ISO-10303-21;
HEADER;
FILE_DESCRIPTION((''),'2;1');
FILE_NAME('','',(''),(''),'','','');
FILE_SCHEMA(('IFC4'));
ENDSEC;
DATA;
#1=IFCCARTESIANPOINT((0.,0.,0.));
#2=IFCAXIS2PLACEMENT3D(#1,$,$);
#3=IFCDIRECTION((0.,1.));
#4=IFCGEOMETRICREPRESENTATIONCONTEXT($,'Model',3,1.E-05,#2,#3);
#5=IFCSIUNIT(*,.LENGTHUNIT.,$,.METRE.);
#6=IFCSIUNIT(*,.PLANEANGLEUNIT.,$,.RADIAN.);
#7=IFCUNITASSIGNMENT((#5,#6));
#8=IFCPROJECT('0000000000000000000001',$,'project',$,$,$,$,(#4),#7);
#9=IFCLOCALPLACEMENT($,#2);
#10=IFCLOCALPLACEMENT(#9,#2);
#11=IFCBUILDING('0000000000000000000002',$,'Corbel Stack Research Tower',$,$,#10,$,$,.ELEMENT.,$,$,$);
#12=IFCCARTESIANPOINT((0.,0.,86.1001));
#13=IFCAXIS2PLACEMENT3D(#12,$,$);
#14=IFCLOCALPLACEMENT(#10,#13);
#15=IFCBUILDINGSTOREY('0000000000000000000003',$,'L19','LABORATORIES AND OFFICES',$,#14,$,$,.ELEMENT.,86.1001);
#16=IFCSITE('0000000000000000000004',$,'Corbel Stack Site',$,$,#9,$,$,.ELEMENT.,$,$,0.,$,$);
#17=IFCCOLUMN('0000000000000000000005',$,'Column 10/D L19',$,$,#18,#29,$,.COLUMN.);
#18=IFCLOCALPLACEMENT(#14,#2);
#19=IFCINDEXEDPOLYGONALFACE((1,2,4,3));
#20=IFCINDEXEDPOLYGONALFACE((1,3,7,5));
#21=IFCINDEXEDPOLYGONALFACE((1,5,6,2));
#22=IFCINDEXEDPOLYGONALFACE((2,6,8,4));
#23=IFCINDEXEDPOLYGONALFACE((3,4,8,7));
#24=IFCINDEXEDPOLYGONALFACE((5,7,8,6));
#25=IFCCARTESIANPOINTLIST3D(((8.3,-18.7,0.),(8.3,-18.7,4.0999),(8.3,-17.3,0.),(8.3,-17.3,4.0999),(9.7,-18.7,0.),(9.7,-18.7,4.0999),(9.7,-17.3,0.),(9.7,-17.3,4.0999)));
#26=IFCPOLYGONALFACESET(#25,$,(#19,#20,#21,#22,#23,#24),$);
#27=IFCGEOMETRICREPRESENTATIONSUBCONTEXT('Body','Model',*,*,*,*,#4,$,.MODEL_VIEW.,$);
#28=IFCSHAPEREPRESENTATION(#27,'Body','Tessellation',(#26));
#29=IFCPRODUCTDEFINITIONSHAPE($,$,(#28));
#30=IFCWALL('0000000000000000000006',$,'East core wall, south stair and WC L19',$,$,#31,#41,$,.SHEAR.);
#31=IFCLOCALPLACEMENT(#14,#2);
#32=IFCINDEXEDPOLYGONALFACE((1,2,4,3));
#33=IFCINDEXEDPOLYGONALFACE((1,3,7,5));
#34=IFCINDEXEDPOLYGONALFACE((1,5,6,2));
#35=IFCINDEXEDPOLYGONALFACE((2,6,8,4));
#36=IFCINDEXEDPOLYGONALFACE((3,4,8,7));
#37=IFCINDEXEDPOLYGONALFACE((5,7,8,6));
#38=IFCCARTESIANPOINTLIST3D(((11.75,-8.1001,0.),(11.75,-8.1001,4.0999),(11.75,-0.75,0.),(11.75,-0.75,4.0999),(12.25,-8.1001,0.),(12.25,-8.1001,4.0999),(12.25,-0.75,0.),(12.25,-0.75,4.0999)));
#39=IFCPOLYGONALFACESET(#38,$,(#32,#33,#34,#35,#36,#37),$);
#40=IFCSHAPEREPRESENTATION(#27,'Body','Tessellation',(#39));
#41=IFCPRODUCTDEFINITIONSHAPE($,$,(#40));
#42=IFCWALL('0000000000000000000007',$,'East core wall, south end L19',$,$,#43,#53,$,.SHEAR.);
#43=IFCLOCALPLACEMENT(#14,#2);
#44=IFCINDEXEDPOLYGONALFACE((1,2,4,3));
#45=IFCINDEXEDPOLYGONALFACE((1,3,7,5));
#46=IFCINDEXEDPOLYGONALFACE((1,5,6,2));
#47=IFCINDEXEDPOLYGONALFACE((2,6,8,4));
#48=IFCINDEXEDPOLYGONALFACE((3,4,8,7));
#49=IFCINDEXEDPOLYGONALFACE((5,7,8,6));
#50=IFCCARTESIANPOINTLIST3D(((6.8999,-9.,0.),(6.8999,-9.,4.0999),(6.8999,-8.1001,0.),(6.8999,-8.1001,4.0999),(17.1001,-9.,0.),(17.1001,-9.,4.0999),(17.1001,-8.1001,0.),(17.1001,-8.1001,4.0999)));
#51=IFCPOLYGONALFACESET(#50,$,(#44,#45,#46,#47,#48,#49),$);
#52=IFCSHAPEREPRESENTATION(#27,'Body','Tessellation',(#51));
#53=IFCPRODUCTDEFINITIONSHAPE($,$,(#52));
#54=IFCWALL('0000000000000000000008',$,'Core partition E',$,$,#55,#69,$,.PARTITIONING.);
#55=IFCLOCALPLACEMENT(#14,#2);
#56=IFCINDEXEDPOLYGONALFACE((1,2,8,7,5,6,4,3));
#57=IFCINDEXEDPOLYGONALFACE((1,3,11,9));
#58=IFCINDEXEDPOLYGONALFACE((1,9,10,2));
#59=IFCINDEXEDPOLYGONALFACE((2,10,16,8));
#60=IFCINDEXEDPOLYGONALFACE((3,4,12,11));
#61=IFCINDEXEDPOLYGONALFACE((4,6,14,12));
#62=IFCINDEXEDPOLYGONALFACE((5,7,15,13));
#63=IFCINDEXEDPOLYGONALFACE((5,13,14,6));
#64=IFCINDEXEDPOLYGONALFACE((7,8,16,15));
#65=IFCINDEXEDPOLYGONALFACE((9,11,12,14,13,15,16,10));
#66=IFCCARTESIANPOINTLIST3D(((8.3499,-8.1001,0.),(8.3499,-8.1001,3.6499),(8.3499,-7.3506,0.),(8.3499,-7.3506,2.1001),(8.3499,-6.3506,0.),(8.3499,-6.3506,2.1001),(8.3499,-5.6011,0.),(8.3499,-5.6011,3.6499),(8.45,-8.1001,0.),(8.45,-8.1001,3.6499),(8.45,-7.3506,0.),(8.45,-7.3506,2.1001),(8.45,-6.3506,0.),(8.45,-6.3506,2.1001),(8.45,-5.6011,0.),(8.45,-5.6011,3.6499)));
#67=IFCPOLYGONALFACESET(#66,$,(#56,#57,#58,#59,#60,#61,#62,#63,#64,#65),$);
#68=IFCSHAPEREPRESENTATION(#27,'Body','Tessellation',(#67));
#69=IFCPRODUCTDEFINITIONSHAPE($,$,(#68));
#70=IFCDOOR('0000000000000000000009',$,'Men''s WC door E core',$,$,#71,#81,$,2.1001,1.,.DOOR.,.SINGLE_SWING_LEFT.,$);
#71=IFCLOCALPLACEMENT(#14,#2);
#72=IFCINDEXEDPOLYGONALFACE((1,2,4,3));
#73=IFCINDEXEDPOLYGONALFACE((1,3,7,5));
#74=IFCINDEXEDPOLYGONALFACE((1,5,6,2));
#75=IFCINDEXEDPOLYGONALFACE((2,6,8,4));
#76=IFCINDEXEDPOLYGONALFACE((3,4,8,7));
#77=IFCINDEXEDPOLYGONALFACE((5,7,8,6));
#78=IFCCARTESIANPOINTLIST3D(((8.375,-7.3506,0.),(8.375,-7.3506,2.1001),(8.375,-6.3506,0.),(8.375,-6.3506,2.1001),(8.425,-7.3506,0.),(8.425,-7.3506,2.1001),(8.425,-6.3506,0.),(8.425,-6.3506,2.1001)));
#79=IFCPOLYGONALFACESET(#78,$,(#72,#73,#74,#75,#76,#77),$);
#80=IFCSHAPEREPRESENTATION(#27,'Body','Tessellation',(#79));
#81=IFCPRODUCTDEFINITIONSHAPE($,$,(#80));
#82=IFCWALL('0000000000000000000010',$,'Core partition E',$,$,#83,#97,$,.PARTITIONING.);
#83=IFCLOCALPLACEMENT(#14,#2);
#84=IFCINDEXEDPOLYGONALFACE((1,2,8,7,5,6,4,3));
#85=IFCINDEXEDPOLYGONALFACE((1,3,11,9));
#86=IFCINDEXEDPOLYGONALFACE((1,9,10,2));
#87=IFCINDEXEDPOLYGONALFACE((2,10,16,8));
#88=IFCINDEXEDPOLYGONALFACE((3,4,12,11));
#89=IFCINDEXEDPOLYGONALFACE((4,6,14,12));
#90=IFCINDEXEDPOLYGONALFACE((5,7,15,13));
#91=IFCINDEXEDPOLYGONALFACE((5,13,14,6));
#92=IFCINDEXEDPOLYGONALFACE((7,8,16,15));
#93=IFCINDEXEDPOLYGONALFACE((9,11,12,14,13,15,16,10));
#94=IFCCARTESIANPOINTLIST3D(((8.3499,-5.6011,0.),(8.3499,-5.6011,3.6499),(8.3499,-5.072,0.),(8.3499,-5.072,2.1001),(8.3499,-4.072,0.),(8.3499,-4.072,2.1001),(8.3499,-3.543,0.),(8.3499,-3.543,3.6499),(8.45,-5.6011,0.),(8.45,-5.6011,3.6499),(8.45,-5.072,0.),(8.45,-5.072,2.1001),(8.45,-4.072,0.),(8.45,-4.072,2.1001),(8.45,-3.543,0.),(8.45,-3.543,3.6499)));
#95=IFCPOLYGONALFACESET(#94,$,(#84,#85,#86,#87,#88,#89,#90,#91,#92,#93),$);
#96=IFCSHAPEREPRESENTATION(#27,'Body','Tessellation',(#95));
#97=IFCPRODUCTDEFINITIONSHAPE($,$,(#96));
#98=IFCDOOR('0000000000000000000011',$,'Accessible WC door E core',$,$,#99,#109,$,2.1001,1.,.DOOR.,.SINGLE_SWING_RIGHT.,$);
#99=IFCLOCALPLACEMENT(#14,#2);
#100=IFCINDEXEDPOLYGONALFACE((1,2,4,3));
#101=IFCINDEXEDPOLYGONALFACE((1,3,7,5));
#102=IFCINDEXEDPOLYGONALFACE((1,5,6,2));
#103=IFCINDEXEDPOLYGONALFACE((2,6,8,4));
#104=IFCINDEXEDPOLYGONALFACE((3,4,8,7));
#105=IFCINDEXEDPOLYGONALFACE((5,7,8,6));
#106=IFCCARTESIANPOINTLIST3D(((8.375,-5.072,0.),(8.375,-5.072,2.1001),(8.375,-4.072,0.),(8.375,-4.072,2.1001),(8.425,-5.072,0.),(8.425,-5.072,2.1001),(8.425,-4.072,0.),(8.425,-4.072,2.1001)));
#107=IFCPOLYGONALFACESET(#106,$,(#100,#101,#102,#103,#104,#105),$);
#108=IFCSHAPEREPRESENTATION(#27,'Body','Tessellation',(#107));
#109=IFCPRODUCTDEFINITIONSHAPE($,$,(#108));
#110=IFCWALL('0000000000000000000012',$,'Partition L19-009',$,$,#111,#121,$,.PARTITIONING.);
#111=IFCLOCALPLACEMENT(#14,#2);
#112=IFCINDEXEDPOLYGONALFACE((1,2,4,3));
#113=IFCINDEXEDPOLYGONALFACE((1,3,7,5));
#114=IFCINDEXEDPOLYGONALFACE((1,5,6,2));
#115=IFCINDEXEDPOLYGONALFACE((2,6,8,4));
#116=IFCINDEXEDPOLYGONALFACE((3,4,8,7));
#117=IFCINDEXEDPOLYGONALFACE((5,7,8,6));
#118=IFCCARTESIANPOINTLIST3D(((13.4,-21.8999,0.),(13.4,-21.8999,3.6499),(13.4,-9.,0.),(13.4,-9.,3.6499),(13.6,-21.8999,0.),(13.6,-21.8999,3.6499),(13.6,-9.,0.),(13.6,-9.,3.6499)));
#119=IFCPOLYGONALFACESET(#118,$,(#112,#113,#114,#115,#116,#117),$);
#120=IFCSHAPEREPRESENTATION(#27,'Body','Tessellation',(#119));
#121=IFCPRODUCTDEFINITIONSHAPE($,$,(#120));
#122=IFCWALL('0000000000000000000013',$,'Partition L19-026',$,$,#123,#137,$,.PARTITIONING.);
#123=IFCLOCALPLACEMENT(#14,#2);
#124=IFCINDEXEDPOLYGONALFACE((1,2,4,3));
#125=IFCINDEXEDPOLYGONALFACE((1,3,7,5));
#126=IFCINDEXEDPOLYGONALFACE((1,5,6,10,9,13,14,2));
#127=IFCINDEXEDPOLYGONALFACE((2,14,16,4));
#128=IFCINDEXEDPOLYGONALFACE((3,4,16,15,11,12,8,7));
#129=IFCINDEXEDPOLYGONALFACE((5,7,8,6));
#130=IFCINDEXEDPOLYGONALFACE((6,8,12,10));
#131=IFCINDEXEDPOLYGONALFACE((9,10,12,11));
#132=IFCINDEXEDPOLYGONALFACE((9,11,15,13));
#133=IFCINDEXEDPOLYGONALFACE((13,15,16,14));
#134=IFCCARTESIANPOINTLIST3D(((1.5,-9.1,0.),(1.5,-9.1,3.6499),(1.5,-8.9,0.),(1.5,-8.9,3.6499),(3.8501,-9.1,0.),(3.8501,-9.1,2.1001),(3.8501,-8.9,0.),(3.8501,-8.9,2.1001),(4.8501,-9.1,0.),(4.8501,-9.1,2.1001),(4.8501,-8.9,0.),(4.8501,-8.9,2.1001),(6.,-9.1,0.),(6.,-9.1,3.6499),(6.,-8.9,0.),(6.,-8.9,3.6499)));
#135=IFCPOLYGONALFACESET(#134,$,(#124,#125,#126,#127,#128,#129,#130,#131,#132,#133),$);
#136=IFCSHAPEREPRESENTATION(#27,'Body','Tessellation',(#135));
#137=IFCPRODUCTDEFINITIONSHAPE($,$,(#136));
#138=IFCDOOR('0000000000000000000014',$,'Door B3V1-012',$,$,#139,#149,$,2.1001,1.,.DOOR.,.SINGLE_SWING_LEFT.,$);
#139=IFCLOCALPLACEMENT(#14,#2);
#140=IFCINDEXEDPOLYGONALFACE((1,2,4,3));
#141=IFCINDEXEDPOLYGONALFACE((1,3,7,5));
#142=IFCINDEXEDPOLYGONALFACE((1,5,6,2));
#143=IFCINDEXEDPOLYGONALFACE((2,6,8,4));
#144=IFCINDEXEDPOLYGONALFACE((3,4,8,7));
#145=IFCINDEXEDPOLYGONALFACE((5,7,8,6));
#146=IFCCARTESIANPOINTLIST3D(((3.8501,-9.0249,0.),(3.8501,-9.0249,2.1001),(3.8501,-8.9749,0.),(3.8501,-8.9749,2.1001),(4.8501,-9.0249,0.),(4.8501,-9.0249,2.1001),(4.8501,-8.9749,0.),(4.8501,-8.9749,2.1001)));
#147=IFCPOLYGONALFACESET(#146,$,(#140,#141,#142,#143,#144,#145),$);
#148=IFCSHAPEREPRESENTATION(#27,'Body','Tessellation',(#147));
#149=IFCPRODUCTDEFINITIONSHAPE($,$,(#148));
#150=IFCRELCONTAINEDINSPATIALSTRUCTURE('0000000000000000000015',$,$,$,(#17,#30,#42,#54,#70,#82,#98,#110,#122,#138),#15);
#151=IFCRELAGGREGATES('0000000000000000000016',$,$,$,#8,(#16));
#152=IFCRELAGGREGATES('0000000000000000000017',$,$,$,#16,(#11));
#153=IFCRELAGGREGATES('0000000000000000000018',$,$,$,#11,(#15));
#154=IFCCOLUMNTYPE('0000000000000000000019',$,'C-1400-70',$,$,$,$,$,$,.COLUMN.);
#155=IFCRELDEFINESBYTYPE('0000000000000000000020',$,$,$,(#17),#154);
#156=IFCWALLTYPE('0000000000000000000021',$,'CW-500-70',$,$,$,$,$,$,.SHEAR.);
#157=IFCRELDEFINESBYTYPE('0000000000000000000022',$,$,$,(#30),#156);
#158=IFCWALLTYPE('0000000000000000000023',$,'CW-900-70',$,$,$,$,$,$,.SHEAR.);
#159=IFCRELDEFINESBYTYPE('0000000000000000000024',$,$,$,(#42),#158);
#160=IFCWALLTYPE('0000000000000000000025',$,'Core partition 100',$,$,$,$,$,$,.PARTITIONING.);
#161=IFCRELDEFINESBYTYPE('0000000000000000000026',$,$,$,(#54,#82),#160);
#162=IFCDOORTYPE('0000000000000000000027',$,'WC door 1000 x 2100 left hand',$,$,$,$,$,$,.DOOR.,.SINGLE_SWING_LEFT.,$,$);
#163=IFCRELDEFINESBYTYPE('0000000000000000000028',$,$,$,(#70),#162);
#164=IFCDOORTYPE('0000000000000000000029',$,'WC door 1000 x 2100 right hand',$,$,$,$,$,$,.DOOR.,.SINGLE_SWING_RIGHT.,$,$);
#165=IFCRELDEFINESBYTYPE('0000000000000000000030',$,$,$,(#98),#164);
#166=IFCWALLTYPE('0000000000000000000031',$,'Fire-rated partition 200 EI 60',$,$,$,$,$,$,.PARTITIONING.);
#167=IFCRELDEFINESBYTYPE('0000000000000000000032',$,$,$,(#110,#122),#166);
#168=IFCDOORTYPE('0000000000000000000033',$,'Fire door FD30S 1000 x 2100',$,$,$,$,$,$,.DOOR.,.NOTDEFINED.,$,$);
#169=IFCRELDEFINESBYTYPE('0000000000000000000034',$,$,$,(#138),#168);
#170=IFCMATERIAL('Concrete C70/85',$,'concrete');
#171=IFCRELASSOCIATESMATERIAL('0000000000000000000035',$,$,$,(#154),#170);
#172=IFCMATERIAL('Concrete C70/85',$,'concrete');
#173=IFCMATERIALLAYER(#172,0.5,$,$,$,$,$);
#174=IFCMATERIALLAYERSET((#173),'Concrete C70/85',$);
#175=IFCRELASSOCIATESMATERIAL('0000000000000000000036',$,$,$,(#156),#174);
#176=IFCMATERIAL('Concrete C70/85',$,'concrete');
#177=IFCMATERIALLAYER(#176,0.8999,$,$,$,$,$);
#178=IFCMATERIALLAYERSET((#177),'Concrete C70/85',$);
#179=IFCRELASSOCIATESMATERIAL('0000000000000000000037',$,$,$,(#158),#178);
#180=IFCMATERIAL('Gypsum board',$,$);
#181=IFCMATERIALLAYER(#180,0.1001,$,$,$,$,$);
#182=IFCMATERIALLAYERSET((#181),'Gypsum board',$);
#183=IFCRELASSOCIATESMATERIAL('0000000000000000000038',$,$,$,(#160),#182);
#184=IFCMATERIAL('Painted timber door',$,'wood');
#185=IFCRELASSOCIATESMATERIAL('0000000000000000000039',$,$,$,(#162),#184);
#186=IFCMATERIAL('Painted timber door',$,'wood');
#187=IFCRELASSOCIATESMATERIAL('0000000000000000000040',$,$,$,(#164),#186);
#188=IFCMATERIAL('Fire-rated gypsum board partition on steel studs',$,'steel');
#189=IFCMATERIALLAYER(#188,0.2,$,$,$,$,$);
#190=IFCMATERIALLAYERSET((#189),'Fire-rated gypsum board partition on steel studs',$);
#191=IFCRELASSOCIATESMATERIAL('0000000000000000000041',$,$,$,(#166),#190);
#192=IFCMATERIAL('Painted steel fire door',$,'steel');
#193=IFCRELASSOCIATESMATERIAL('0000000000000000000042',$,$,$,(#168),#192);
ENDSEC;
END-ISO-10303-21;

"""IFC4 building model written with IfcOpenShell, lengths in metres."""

from ifc_helpers import new_model, si_unit, direction, frame, frame_2d, origin, origin_2d, place, context, subcontext, project, spatial, rectangle, extrude, material, layer, layer_set, material_profile, profile_set, type_object, element, fill, save


model = new_model("IFC4")

# Units and contexts
model_context = context("Model", 3, precision=1e-05, world=origin(), true_north=direction((0.0, 1.0)))
body_context = subcontext(model_context, "Body", "Model", "MODEL_VIEW")
ifc_project = project(units=[si_unit("LENGTHUNIT", "METRE"), si_unit("PLANEANGLEUNIT", "RADIAN")], contexts=[model_context])

# Site, building, storey
site_placement = place(None, origin())
site = spatial("IfcSite", under=ifc_project, at=site_placement, Name="Corbel Stack Site", CompositionType="ELEMENT", RefElevation=0.0)
building_placement = place(site_placement, origin())
building = spatial("IfcBuilding", under=site, at=building_placement, Name="Corbel Stack Research Tower", CompositionType="ELEMENT")
storey_placement = place(building_placement, frame((0.0, 0.0, 86.1001)))
storey = spatial("IfcBuildingStorey", under=building, at=storey_placement, Name="L19", Description="LABORATORIES AND OFFICES", CompositionType="ELEMENT", Elevation=86.1001)

# Column
ifc_material_1 = material(Name="Concrete C70/85", Category="concrete")
ifc_material_profile = material_profile(ifc_material_1, rectangle(XDim=1.3999, YDim=1.3999, at=origin_2d()), Name="RC 1400 x 1400")
ifc_profile_set = profile_set([ifc_material_profile], Name="Concrete C70/85")
column_type = type_object("IfcColumnType", Name="C-1400-70", PredefinedType="COLUMN", material=ifc_profile_set)
column_placement = place(storey_placement, frame((9.0, -18.0, 0.0), z_axis=(0.0, 0.0, 1.0), x_axis=(1.0, 0.0, 0.0)))
element("IfcColumn", 1, at=column_placement, inside=storey, type_object=column_type, Name="Column 10/D L19", PredefinedType="COLUMN", context=body_context, shape_type="SweptSolid", body=[
    extrude(rectangle(XDim=1.3999, YDim=1.3999, at=origin_2d()), origin(), (0.0, 0.0, 1.0), 4.0999),
])

# Wall
ifc_material_2 = material(Name="Concrete C70/85", Category="concrete")
ifc_layer_1 = layer(ifc_material_2, 0.5)
ifc_layer_set_1 = layer_set([ifc_layer_1], Name="Concrete C70/85")
wall_type_1 = type_object("IfcWallType", Name="CW-500-70", PredefinedType="SHEAR", material=ifc_layer_set_1)
wall_1_placement = place(storey_placement, frame((12.0, -8.1001, 0.0), z_axis=(0.0, 0.0, 1.0), x_axis=(0.0, 1.0, 0.0)))
element("IfcWall", 2, at=wall_1_placement, inside=storey, type_object=wall_type_1, Name="East core wall, south stair and WC L19", PredefinedType="SHEAR", context=body_context, shape_type="SweptSolid", body=[
    extrude(rectangle(XDim=7.3501, YDim=0.5, at=frame_2d((3.675, 0.0))), origin(), (0.0, 0.0, 1.0), 4.0999),
])

# Shared definitions
ifc_material_3 = material(Name="Concrete C70/85", Category="concrete")
ifc_layer_2 = layer(ifc_material_3, 0.8999)
ifc_layer_set_2 = layer_set([ifc_layer_2], Name="Concrete C70/85")
wall_type_2 = type_object("IfcWallType", Name="CW-900-70", PredefinedType="SHEAR", material=ifc_layer_set_2)

# Wall
wall_2_placement = place(storey_placement, frame((6.8999, -8.55, 0.0), z_axis=(0.0, 0.0, 1.0), x_axis=(1.0, 0.0, 0.0)))
element("IfcWall", 3, at=wall_2_placement, inside=storey, type_object=wall_type_2, Name="East core wall, south end L19", PredefinedType="SHEAR", context=body_context, shape_type="SweptSolid", body=[
    extrude(rectangle(XDim=10.2002, YDim=0.8999, at=frame_2d((5.1001, 0.0))), origin(), (0.0, 0.0, 1.0), 4.0999),
])

# Walls, openings, doors
ifc_material_4 = material(Name="Gypsum board")
ifc_layer_3 = layer(ifc_material_4, 0.1001)
ifc_layer_set_3 = layer_set([ifc_layer_3], Name="Gypsum board")
wall_type_3 = type_object("IfcWallType", Name="Core partition 100", PredefinedType="PARTITIONING", material=ifc_layer_set_3)
wall_3_placement = place(storey_placement, frame((8.3999, -8.1001, 0.0), z_axis=(0.0, 0.0, 1.0), x_axis=(0.0, 1.0, 0.0)))
wall_3 = element("IfcWall", 4, at=wall_3_placement, inside=storey, type_object=wall_type_3, Name="Core partition E", PredefinedType="PARTITIONING", context=body_context, shape_type="SweptSolid", body=[
    extrude(rectangle(XDim=2.499, YDim=0.1001, at=frame_2d((1.2495, 0.0))), origin(), (0.0, 0.0, 1.0), 3.6499),
])
opening_1_placement = place(wall_3_placement, frame((0.7495, 0.0, 0.0)))
opening_1 = element("IfcOpeningElement", 5, at=opening_1_placement, cuts=wall_3, PredefinedType="OPENING", context=body_context, shape_type="SweptSolid", body=[
    extrude(rectangle(XDim=1.0, YDim=2.1001, at=frame_2d((0.5, 1.05))), frame((0.0, 0.0601, 0.0), z_axis=(0.0, -1.0, 0.0), x_axis=(1.0, 0.0, 0.0)), (0.0, 0.0, 1.0), 0.1201),
])
ifc_material_5 = material(Name="Painted timber door", Category="wood")
door_type_1 = type_object("IfcDoorType", Name="WC door 1000 x 2100 left hand", OperationType="SINGLE_SWING_LEFT", PredefinedType="DOOR", material=ifc_material_5)
door_1_placement = place(opening_1_placement, origin())
door_1 = element("IfcDoor", 6, at=door_1_placement, inside=storey, type_object=door_type_1, Name="Men's WC door E core", OperationType="SINGLE_SWING_LEFT", OverallHeight=2.1001, OverallWidth=1.0, PredefinedType="DOOR", context=body_context, shape_type="SweptSolid", body=[
    extrude(rectangle(XDim=1.0, YDim=2.1001, at=frame_2d((0.5, 1.05))), frame((0.0, 0.0249, 0.0), z_axis=(0.0, -1.0, 0.0), x_axis=(1.0, 0.0, 0.0)), (0.0, 0.0, 1.0), 0.05),
])
fill(opening_1, door_1)
wall_4_placement = place(storey_placement, frame((8.3999, -5.6011, 0.0), z_axis=(0.0, 0.0, 1.0), x_axis=(0.0, 1.0, 0.0)))
wall_4 = element("IfcWall", 7, at=wall_4_placement, inside=storey, type_object=wall_type_3, Name="Core partition E", PredefinedType="PARTITIONING", context=body_context, shape_type="SweptSolid", body=[
    extrude(rectangle(XDim=2.0581, YDim=0.1001, at=frame_2d((1.0291, 0.0))), origin(), (0.0, 0.0, 1.0), 3.6499),
])
opening_2_placement = place(wall_4_placement, frame((0.5291, 0.0, 0.0)))
opening_2 = element("IfcOpeningElement", 8, at=opening_2_placement, cuts=wall_4, PredefinedType="OPENING", context=body_context, shape_type="SweptSolid", body=[
    extrude(rectangle(XDim=1.0, YDim=2.1001, at=frame_2d((0.5, 1.05))), frame((0.0, 0.0601, 0.0), z_axis=(0.0, -1.0, 0.0), x_axis=(1.0, 0.0, 0.0)), (0.0, 0.0, 1.0), 0.1201),
])
ifc_material_6 = material(Name="Painted timber door", Category="wood")
door_type_2 = type_object("IfcDoorType", Name="WC door 1000 x 2100 right hand", OperationType="SINGLE_SWING_RIGHT", PredefinedType="DOOR", material=ifc_material_6)
door_2_placement = place(opening_2_placement, origin())
door_2 = element("IfcDoor", 9, at=door_2_placement, inside=storey, type_object=door_type_2, Name="Accessible WC door E core", OperationType="SINGLE_SWING_RIGHT", OverallHeight=2.1001, OverallWidth=1.0, PredefinedType="DOOR", context=body_context, shape_type="SweptSolid", body=[
    extrude(rectangle(XDim=1.0, YDim=2.1001, at=frame_2d((0.5, 1.05))), frame((0.0, 0.0249, 0.0), z_axis=(0.0, -1.0, 0.0), x_axis=(1.0, 0.0, 0.0)), (0.0, 0.0, 1.0), 0.05),
])
fill(opening_2, door_2)

# Wall
ifc_material_7 = material(Name="Fire-rated gypsum board partition on steel studs", Category="steel")
ifc_layer_4 = layer(ifc_material_7, 0.2)
ifc_layer_set_4 = layer_set([ifc_layer_4], Name="Fire-rated gypsum board partition on steel studs")
wall_type_4 = type_object("IfcWallType", Name="Fire-rated partition 200 EI 60", PredefinedType="PARTITIONING", material=ifc_layer_set_4)
wall_5_placement = place(storey_placement, frame((13.5, -21.8999, 0.0), z_axis=(0.0, 0.0, 1.0), x_axis=(0.0, 1.0, 0.0)))
element("IfcWall", 10, at=wall_5_placement, inside=storey, type_object=wall_type_4, Name="Partition L19-009", PredefinedType="PARTITIONING", context=body_context, shape_type="SweptSolid", body=[
    extrude(rectangle(XDim=12.8999, YDim=0.2, at=frame_2d((6.45, 0.0))), origin(), (0.0, 0.0, 1.0), 3.6499),
])

# Wall, opening, door
wall_6_placement = place(storey_placement, frame((6.0, -9.0, 0.0), z_axis=(0.0, 0.0, 1.0), x_axis=(-1.0, 0.0, 0.0)))
wall_6 = element("IfcWall", 11, at=wall_6_placement, inside=storey, type_object=wall_type_4, Name="Partition L19-026", PredefinedType="PARTITIONING", context=body_context, shape_type="SweptSolid", body=[
    extrude(rectangle(XDim=4.5, YDim=0.2, at=frame_2d((2.25, 0.0))), origin(), (0.0, 0.0, 1.0), 3.6499),
])
opening_3_placement = place(wall_6_placement, frame((1.1499, 0.0, 0.0)))
opening_3 = element("IfcOpeningElement", 12, at=opening_3_placement, cuts=wall_6, PredefinedType="OPENING", context=body_context, shape_type="SweptSolid", body=[
    extrude(rectangle(XDim=1.0, YDim=2.1001, at=frame_2d((0.5, 1.05))), frame((0.0, 0.1099, 0.0), z_axis=(0.0, -1.0, 0.0), x_axis=(1.0, 0.0, 0.0)), (0.0, 0.0, 1.0), 0.22),
])
ifc_material_8 = material(Name="Painted steel fire door", Category="steel")
door_type_3 = type_object("IfcDoorType", Name="Fire door FD30S 1000 x 2100", OperationType="NOTDEFINED", PredefinedType="DOOR", material=ifc_material_8)
door_3_placement = place(opening_3_placement, origin())
door_3 = element("IfcDoor", 13, at=door_3_placement, inside=storey, type_object=door_type_3, Name="Door B3V1-012", OperationType="SINGLE_SWING_LEFT", OverallHeight=2.1001, OverallWidth=1.0, PredefinedType="DOOR", context=body_context, shape_type="SweptSolid", body=[
    extrude(rectangle(XDim=1.0, YDim=2.1001, at=frame_2d((0.5, 1.05))), frame((0.0, 0.0249, 0.0), z_axis=(0.0, -1.0, 0.0), x_axis=(1.0, 0.0, 0.0)), (0.0, 0.0, 1.0), 0.05),
])
fill(opening_3, door_3)

save(model, "model.ifc")
